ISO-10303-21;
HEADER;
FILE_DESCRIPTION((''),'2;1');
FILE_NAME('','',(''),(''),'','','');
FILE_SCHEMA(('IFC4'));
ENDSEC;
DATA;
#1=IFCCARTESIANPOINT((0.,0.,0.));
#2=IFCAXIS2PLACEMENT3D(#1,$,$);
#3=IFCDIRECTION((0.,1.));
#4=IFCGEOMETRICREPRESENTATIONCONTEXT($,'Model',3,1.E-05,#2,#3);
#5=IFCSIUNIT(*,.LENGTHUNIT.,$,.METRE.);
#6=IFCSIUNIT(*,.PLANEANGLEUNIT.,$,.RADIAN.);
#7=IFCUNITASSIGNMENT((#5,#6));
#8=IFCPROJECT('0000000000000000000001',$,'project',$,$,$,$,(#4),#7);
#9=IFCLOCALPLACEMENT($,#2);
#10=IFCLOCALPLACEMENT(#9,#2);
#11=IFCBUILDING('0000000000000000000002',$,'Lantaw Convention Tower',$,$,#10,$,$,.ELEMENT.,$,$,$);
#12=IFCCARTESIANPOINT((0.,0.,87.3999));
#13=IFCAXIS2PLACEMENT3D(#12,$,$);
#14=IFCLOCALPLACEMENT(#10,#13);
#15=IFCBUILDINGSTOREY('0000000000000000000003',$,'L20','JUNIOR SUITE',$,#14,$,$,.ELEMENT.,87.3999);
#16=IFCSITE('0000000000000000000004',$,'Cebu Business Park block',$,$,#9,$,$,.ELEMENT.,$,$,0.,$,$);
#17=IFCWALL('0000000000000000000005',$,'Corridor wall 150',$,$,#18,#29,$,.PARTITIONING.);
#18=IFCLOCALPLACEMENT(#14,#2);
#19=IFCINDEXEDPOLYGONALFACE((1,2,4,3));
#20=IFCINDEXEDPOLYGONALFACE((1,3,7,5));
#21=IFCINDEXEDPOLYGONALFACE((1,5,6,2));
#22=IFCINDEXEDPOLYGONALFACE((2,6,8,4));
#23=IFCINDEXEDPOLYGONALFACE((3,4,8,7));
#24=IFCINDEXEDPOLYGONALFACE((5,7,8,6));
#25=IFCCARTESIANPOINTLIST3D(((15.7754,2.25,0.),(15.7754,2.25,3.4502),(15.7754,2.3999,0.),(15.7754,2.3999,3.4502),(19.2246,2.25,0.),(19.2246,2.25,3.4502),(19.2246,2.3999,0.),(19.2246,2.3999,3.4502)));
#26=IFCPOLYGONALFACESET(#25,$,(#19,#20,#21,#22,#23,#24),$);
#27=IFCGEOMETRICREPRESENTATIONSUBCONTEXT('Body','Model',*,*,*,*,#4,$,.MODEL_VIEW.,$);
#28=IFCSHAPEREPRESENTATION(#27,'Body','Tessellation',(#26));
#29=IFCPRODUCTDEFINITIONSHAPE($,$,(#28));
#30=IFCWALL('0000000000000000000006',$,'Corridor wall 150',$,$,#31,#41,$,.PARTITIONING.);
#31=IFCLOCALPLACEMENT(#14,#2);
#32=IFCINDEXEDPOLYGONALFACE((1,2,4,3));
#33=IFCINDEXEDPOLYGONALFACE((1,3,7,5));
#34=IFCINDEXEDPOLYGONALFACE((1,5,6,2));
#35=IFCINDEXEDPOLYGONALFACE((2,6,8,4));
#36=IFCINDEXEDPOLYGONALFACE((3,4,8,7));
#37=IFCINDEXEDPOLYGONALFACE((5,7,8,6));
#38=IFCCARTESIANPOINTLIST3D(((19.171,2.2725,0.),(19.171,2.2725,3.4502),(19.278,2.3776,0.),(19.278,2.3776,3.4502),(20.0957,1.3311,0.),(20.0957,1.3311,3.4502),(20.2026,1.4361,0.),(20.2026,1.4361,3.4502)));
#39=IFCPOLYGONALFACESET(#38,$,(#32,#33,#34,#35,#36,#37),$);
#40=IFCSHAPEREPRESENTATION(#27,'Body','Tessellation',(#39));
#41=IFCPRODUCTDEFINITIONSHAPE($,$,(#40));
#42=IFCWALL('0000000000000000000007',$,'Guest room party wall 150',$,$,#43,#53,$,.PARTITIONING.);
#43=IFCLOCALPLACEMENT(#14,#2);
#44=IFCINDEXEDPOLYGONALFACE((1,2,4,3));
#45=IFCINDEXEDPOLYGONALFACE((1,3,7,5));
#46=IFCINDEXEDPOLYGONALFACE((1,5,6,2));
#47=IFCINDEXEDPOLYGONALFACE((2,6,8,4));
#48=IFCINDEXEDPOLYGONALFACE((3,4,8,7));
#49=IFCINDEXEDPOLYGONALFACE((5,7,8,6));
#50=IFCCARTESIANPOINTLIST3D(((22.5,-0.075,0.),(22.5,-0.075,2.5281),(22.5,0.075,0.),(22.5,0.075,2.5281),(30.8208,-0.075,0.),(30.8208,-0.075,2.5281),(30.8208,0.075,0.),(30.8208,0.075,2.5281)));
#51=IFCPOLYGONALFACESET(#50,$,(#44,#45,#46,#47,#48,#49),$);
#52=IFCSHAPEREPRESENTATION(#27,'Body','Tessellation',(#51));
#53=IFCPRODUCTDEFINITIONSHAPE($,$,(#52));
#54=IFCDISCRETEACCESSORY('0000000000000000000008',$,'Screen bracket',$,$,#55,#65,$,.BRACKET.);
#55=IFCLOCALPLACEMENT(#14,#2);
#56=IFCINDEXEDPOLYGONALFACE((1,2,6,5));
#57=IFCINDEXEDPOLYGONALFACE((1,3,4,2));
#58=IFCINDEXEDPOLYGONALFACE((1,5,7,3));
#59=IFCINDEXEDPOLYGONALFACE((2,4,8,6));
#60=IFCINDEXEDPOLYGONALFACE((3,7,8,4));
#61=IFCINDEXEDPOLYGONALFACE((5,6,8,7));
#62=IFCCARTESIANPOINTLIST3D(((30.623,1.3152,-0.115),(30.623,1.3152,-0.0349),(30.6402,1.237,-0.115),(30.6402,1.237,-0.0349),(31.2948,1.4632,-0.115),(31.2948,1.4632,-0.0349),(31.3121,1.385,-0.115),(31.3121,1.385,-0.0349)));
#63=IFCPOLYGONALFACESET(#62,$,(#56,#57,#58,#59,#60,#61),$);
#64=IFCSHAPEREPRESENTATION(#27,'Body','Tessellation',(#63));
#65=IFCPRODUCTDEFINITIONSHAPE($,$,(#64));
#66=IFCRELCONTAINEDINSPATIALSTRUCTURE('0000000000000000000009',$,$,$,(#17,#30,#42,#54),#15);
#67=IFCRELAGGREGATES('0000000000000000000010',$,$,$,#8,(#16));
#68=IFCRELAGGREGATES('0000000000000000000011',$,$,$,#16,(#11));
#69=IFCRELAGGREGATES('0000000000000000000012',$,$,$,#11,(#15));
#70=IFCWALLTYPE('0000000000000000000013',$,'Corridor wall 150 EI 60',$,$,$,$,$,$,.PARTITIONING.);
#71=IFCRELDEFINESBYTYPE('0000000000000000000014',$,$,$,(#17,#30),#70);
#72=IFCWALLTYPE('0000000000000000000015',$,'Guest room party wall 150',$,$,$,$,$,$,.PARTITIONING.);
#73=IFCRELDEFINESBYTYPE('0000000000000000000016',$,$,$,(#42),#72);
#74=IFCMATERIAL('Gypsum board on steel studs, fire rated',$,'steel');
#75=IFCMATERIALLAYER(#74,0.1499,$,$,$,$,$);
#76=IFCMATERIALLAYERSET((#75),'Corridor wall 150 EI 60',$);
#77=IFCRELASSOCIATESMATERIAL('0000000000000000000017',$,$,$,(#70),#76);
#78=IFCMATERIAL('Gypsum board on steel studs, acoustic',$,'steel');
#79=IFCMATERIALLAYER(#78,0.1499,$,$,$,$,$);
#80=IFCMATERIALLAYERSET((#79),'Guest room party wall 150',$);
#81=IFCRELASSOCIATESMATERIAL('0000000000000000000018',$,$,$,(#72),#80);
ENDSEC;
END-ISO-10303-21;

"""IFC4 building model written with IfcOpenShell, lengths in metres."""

from ifc_helpers import new_model, si_unit, direction, frame, frame_2d, origin, origin_2d, place, context, subcontext, project, spatial, rectangle, extrude, material, layer, layer_set, type_object, element, save


model = new_model("IFC4")

# Units and contexts
model_context = context("Model", 3, precision=1e-05, world=origin(), true_north=direction((0.0, 1.0)))
body_context = subcontext(model_context, "Body", "Model", "MODEL_VIEW")
ifc_project = project(units=[si_unit("LENGTHUNIT", "METRE"), si_unit("PLANEANGLEUNIT", "RADIAN")], contexts=[model_context])

# Site, building, storey
site_placement = place(None, origin())
site = spatial("IfcSite", under=ifc_project, at=site_placement, Name="Cebu Business Park block", CompositionType="ELEMENT", RefElevation=0.0)
building_placement = place(site_placement, origin())
building = spatial("IfcBuilding", under=site, at=building_placement, Name="Lantaw Convention Tower", CompositionType="ELEMENT")
storey_placement = place(building_placement, frame((0.0, 0.0, 87.3999)))
storey = spatial("IfcBuildingStorey", under=building, at=storey_placement, Name="L20", Description="JUNIOR SUITE", CompositionType="ELEMENT", Elevation=87.3999)

# Shared definitions
ifc_material_1 = material(Name="Gypsum board on steel studs, fire rated", Category="steel")
ifc_layer_1 = layer(ifc_material_1, 0.1499)
ifc_layer_set_1 = layer_set([ifc_layer_1], Name="Corridor wall 150 EI 60")
wall_type_1 = type_object("IfcWallType", Name="Corridor wall 150 EI 60", PredefinedType="PARTITIONING", material=ifc_layer_set_1)

# Walls
wall_1_placement = place(storey_placement, frame((15.7754, 2.325, 0.0), z_axis=(0.0, 0.0, 1.0), x_axis=(1.0, 0.0, 0.0)))
element("IfcWall", 1, at=wall_1_placement, inside=storey, type_object=wall_type_1, Name="Corridor wall 150", PredefinedType="PARTITIONING", context=body_context, shape_type="SweptSolid", body=[
    extrude(rectangle(XDim=3.4492, YDim=0.1499, at=frame_2d((1.7246, 0.0))), origin(), (0.0, 0.0, 1.0), 3.4502),
])
wall_2_placement = place(storey_placement, frame((19.2246, 2.325, 0.0), z_axis=(0.0, 0.0, 1.0), x_axis=(0.700695, -0.713461, 0.0)))
element("IfcWall", 2, at=wall_2_placement, inside=storey, type_object=wall_type_1, Name="Corridor wall 150", PredefinedType="PARTITIONING", context=body_context, shape_type="SweptSolid", body=[
    extrude(rectangle(XDim=1.3196, YDim=0.1499, at=frame_2d((0.6597, 0.0))), origin(), (0.0, 0.0, 1.0), 3.4502),
])
ifc_material_2 = material(Name="Gypsum board on steel studs, acoustic", Category="steel")
ifc_layer_2 = layer(ifc_material_2, 0.1499)
ifc_layer_set_2 = layer_set([ifc_layer_2], Name="Guest room party wall 150")
wall_type_2 = type_object("IfcWallType", Name="Guest room party wall 150", PredefinedType="PARTITIONING", material=ifc_layer_set_2)
wall_3_placement = place(storey_placement, frame((30.8208, 0.0, 0.0), z_axis=(0.0, 0.0, 1.0), x_axis=(-1.0, 0.0, 0.0)))
element("IfcWall", 3, at=wall_3_placement, inside=storey, type_object=wall_type_2, Name="Guest room party wall 150", PredefinedType="PARTITIONING", context=body_context, shape_type="SweptSolid", body=[
    extrude(rectangle(XDim=8.3208, YDim=0.1499, at=frame_2d((4.1604, 0.0))), origin(), (0.0, 0.0, 1.0), 2.5281),
])

# Discrete accessory
discrete_accessory_placement = place(storey_placement, frame((30.9675, 1.3501, -0.115), z_axis=(0.0, 0.0, 1.0), x_axis=(-0.215246, 0.97656, 0.0)))
element("IfcDiscreteAccessory", 4, at=discrete_accessory_placement, inside=storey, Name="Screen bracket", PredefinedType="BRACKET", context=body_context, shape_type="SweptSolid", body=[
    extrude(rectangle(XDim=0.0801, YDim=0.688, at=origin_2d()), origin(), (0.0, 0.0, 1.0), 0.0801),
])

save(model, "model.ifc")
